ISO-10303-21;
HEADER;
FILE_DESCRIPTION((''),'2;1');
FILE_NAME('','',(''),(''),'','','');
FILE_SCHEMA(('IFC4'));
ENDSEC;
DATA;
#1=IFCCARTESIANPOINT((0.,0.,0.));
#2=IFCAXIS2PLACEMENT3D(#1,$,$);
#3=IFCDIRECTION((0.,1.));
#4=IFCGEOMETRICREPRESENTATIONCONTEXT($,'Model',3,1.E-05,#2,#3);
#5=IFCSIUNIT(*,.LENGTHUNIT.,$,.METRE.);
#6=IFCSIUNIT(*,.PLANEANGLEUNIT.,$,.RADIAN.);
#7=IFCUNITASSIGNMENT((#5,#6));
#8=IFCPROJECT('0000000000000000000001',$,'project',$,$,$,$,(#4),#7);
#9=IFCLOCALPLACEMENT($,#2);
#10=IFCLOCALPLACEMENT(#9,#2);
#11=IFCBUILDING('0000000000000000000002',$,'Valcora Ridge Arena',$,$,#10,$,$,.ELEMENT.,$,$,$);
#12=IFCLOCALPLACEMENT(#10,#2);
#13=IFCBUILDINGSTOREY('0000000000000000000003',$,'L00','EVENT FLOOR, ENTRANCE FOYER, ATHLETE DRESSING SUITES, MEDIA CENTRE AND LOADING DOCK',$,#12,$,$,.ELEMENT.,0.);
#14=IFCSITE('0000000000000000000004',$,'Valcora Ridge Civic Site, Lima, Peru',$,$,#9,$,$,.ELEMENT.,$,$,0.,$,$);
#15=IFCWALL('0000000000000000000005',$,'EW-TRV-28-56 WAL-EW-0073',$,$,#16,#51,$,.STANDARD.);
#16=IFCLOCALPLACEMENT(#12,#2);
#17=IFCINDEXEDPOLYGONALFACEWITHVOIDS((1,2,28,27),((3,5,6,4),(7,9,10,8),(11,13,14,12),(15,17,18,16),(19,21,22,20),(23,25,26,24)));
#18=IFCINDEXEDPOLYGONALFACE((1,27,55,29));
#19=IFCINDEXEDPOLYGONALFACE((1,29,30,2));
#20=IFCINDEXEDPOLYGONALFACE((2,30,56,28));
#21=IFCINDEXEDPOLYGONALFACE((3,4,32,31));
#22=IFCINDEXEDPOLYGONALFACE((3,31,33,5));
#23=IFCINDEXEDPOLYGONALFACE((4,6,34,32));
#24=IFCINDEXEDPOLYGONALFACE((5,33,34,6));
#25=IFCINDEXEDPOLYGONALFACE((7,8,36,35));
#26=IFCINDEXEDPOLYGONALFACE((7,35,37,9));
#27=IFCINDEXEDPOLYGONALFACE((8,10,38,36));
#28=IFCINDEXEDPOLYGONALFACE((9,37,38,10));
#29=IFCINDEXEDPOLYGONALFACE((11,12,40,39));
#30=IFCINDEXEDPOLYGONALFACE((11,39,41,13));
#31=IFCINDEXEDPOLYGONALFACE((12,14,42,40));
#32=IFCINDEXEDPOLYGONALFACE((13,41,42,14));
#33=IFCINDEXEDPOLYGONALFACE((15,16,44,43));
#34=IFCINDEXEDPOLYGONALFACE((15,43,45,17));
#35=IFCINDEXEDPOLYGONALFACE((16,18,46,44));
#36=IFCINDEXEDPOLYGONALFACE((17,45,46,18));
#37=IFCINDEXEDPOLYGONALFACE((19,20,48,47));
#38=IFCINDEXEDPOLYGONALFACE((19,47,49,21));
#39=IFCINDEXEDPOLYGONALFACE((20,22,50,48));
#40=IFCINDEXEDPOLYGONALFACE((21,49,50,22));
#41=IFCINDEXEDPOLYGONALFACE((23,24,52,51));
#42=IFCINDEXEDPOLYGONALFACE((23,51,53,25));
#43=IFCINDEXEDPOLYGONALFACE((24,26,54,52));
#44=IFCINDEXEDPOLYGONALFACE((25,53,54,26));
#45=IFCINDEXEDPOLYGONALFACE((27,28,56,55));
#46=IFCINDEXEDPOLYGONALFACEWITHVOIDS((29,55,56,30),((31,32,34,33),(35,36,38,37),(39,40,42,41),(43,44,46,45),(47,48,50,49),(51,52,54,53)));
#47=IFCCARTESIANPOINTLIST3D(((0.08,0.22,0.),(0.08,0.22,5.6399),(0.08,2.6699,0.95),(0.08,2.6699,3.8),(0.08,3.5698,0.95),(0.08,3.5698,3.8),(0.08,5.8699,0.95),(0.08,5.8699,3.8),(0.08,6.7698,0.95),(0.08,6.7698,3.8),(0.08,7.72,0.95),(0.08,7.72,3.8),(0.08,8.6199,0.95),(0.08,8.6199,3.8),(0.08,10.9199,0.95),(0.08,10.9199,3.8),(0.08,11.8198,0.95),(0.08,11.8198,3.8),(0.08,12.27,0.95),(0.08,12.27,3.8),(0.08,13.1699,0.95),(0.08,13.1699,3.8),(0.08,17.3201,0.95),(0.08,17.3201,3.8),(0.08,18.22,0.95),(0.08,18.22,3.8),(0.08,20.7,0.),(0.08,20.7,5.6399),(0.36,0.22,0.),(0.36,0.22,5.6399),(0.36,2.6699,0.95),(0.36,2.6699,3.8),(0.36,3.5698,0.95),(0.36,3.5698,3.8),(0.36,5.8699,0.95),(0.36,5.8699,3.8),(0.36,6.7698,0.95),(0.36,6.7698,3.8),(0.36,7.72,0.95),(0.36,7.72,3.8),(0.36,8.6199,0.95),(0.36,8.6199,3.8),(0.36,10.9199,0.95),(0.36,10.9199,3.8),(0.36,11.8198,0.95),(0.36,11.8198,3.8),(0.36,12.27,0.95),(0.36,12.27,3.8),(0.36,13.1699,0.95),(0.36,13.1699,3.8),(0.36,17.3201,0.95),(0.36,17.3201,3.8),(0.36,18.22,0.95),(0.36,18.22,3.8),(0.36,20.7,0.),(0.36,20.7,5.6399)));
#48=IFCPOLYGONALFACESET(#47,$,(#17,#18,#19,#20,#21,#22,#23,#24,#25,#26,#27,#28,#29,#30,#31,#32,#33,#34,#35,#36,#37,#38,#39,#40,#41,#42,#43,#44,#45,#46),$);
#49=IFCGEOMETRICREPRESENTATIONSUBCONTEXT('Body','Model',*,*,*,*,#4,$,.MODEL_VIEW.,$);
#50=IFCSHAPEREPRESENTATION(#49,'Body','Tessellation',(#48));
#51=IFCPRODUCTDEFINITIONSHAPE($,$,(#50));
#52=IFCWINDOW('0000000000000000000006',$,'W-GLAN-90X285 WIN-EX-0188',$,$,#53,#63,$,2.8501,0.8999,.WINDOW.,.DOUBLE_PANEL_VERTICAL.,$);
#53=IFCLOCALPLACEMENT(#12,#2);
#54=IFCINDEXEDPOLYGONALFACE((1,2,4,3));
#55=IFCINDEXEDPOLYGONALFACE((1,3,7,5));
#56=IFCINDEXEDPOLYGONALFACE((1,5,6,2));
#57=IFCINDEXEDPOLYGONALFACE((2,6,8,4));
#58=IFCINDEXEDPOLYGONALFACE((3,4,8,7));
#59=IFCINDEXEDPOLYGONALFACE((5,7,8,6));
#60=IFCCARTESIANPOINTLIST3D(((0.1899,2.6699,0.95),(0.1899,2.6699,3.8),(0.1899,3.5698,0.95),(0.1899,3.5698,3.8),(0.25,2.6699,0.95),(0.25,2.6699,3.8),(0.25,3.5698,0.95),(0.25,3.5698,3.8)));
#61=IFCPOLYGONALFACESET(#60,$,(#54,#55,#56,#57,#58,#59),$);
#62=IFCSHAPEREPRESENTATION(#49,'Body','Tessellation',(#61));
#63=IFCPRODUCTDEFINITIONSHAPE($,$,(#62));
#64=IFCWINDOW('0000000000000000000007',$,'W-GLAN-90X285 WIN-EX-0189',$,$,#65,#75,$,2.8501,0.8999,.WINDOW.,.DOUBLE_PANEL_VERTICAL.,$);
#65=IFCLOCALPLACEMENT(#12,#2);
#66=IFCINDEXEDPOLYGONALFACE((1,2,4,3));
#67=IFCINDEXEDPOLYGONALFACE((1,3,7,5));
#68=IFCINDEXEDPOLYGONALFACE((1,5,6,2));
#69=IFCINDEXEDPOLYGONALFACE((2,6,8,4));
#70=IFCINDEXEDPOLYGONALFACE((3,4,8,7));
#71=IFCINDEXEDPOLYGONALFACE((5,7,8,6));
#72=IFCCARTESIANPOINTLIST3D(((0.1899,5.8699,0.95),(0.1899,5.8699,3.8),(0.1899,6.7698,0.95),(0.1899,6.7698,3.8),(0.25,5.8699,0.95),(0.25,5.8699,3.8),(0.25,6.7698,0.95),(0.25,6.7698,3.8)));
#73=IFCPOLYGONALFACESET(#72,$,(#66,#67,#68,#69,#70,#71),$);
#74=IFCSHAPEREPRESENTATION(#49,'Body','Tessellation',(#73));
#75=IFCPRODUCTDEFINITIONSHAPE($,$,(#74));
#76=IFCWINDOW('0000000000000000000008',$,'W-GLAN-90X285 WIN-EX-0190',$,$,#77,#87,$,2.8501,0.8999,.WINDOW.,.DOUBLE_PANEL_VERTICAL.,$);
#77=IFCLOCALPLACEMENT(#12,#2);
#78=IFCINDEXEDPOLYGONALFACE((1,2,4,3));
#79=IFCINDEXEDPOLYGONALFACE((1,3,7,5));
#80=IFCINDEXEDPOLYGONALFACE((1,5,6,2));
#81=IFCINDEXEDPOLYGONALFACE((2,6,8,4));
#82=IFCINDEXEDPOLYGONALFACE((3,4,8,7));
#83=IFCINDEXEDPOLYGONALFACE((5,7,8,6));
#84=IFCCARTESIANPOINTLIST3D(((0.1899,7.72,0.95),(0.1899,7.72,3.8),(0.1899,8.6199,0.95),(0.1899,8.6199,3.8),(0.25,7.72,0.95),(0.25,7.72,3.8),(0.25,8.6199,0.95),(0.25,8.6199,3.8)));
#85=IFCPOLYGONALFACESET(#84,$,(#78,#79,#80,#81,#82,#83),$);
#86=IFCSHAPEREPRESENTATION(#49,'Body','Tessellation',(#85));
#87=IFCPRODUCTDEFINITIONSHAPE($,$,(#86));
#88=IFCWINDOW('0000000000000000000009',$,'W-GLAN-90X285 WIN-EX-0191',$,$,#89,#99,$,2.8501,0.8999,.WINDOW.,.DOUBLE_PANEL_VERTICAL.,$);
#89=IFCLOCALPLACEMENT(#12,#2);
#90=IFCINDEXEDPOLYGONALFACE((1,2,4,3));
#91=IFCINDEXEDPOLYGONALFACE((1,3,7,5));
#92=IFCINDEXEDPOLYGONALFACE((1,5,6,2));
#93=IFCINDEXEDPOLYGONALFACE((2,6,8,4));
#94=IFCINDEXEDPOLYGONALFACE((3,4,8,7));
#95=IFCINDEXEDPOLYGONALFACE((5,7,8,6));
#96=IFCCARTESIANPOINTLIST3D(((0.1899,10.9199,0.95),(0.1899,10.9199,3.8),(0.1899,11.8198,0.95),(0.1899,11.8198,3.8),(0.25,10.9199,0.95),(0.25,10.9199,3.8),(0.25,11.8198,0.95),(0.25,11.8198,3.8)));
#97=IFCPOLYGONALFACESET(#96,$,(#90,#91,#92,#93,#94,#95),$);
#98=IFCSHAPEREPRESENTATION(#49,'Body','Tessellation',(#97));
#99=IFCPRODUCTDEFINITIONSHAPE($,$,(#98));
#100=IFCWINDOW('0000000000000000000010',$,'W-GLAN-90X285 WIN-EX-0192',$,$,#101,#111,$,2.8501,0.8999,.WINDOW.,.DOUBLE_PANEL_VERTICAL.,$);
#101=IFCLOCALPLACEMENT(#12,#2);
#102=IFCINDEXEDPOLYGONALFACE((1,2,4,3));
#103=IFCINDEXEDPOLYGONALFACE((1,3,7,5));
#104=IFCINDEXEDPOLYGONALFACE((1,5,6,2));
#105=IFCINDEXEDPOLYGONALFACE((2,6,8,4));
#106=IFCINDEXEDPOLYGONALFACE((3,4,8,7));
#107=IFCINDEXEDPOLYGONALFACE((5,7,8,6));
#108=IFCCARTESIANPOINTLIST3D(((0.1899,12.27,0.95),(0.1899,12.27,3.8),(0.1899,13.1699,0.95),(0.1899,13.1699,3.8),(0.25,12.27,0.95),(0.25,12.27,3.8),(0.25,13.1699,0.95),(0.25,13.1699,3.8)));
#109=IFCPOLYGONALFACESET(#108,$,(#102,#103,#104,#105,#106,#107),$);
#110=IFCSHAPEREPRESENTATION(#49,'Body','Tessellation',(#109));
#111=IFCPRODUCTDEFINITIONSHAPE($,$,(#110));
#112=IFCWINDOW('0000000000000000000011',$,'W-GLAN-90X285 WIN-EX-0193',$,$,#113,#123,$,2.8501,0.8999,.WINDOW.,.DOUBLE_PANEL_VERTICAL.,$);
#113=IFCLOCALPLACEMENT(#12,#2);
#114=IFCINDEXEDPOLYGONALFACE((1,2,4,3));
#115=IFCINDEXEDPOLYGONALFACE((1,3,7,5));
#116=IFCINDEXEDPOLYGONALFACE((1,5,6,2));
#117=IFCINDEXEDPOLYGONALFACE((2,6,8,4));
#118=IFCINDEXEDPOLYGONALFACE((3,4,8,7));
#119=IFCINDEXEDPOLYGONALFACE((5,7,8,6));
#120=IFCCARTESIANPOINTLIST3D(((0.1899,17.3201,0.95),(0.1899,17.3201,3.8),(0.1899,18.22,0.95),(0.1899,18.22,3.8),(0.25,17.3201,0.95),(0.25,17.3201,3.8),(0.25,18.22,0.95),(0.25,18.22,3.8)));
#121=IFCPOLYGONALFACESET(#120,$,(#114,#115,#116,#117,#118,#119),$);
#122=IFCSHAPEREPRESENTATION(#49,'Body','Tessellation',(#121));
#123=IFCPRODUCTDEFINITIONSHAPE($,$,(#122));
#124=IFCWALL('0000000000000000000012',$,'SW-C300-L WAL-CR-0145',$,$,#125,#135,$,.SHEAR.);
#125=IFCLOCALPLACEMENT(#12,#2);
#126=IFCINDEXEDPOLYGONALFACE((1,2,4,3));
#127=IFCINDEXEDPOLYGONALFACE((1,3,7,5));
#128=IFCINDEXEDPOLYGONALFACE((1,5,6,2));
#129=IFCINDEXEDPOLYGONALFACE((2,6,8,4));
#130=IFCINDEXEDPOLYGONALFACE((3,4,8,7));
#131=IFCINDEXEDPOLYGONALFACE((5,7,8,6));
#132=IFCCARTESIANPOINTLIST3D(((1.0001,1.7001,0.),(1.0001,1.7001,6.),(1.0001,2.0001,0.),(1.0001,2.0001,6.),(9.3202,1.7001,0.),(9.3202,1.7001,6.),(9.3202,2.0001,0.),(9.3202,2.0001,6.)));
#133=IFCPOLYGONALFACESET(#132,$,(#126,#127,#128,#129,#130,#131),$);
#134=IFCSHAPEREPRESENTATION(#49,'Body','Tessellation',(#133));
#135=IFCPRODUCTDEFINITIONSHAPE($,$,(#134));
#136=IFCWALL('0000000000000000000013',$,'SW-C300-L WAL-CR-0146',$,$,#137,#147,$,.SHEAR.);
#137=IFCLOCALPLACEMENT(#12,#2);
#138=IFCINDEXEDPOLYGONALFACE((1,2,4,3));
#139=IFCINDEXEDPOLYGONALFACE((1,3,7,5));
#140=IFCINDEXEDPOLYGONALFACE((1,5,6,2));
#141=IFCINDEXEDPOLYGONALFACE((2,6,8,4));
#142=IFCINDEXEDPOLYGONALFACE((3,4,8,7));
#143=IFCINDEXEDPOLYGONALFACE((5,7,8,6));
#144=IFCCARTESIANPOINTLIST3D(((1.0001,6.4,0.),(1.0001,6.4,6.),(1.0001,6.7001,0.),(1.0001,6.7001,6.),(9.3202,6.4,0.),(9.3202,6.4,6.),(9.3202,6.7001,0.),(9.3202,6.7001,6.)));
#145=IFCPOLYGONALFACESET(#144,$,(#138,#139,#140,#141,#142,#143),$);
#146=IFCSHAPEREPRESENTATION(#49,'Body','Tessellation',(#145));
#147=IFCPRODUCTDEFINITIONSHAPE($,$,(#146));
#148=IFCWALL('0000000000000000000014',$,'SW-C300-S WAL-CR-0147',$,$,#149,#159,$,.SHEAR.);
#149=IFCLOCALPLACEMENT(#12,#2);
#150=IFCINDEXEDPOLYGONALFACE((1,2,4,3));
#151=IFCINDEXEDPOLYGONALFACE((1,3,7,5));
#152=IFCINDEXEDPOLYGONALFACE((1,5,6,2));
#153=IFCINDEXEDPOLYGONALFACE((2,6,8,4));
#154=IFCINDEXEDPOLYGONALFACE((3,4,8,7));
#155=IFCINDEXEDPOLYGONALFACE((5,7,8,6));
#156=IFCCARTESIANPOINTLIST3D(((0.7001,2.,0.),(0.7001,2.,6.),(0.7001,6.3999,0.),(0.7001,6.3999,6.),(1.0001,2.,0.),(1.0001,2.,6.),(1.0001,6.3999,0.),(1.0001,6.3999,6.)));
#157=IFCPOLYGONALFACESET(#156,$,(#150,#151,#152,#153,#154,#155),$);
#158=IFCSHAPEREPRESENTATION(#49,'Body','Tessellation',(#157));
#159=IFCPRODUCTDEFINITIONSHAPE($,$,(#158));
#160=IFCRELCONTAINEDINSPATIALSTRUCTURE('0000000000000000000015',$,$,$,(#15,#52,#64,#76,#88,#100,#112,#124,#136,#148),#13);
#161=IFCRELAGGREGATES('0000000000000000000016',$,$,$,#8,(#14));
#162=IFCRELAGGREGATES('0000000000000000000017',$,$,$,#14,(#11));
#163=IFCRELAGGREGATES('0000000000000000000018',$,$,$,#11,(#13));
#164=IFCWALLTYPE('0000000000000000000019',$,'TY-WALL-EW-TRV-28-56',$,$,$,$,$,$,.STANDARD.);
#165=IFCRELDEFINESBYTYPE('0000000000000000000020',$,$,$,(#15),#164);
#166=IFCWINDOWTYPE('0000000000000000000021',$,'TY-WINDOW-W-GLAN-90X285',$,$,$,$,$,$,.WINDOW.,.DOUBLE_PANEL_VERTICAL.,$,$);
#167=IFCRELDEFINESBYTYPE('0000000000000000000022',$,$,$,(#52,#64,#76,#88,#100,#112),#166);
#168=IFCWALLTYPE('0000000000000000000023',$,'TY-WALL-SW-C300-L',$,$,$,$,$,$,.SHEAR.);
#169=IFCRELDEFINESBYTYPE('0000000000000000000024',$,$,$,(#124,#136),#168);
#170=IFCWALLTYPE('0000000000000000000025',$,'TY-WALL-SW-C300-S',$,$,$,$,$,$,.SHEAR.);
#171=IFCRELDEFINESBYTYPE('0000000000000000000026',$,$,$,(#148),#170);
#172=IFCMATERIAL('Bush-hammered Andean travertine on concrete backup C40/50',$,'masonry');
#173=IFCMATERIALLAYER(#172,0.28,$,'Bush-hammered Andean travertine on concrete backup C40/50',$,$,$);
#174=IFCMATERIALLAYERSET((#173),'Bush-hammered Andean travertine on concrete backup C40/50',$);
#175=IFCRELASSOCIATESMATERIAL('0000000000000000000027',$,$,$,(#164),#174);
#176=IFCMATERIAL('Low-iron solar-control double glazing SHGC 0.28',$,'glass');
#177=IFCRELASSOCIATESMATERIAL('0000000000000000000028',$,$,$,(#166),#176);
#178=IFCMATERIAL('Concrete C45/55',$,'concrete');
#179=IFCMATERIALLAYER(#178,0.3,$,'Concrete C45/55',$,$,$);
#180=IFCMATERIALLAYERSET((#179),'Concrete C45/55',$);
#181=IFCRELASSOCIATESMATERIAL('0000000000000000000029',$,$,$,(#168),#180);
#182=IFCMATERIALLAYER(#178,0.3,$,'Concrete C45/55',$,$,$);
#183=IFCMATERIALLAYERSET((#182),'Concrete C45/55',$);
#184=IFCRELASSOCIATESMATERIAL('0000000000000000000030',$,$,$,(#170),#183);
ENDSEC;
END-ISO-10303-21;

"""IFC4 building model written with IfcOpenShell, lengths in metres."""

from ifc_helpers import new_model, si_unit, direction, frame, frame_2d, origin, place, context, subcontext, project, spatial, rectangle, extrude, material, layer, layer_set, type_object, element, fill, save


model = new_model("IFC4")

# Units and contexts
model_context = context("Model", 3, precision=1e-05, world=origin(), true_north=direction((0.0, 1.0)))
body_context = subcontext(model_context, "Body", "Model", "MODEL_VIEW")
ifc_project = project(units=[si_unit("LENGTHUNIT", "METRE"), si_unit("PLANEANGLEUNIT", "RADIAN")], contexts=[model_context])

# Site, building, storey
site_placement = place(None, origin())
site = spatial("IfcSite", under=ifc_project, at=site_placement, Name="Valcora Ridge Civic Site, Lima, Peru", CompositionType="ELEMENT", RefElevation=0.0)
building_placement = place(site_placement, origin())
building = spatial("IfcBuilding", under=site, at=building_placement, Name="Valcora Ridge Arena", CompositionType="ELEMENT")
storey_placement = place(building_placement, origin())
storey = spatial("IfcBuildingStorey", under=building, at=storey_placement, Name="L00", Description="EVENT FLOOR, ENTRANCE FOYER, ATHLETE DRESSING SUITES, MEDIA CENTRE AND LOADING DOCK", CompositionType="ELEMENT", Elevation=0.0)

# Wall, openings, windows
ifc_material_1 = material(Name="Bush-hammered Andean travertine on concrete backup C40/50", Category="masonry")
ifc_layer_1 = layer(ifc_material_1, 0.28, Name="Bush-hammered Andean travertine on concrete backup C40/50")
ifc_layer_set_1 = layer_set([ifc_layer_1], Name="Bush-hammered Andean travertine on concrete backup C40/50")
wall_type_1 = type_object("IfcWallType", Name="TY-WALL-EW-TRV-28-56", PredefinedType="STANDARD", material=ifc_layer_set_1)
wall_1_placement = place(storey_placement, frame((0.22, 0.22, 0.0), z_axis=(0.0, 0.0, 1.0), x_axis=(0.0, 1.0, 0.0)))
wall_1 = element("IfcWall", 1, at=wall_1_placement, inside=storey, type_object=wall_type_1, Name="EW-TRV-28-56 WAL-EW-0073", PredefinedType="STANDARD", context=body_context, shape_type="SweptSolid", body=[
    extrude(rectangle(XDim=20.48, YDim=0.28, at=frame_2d((10.24, 0.0))), origin(), (0.0, 0.0, 1.0), 5.6399),
])
opening_1_placement = place(wall_1_placement, frame((2.45, 0.0, 0.95)))
opening_1 = element("IfcOpeningElement", 2, at=opening_1_placement, cuts=wall_1, PredefinedType="OPENING", context=body_context, shape_type="SweptSolid", body=[
    extrude(rectangle(XDim=0.8999, YDim=2.8501, at=frame_2d((0.45, 1.425))), frame((0.0, 0.1499, 0.0), z_axis=(0.0, -1.0, 0.0), x_axis=(1.0, 0.0, 0.0)), (0.0, 0.0, 1.0), 0.3),
])
opening_2_placement = place(wall_1_placement, frame((5.6499, 0.0, 0.95)))
opening_2 = element("IfcOpeningElement", 3, at=opening_2_placement, cuts=wall_1, PredefinedType="OPENING", context=body_context, shape_type="SweptSolid", body=[
    extrude(rectangle(XDim=0.8999, YDim=2.8501, at=frame_2d((0.45, 1.425))), frame((0.0, 0.1499, 0.0), z_axis=(0.0, -1.0, 0.0), x_axis=(1.0, 0.0, 0.0)), (0.0, 0.0, 1.0), 0.3),
])
opening_3_placement = place(wall_1_placement, frame((7.5, 0.0, 0.95)))
opening_3 = element("IfcOpeningElement", 4, at=opening_3_placement, cuts=wall_1, PredefinedType="OPENING", context=body_context, shape_type="SweptSolid", body=[
    extrude(rectangle(XDim=0.8999, YDim=2.8501, at=frame_2d((0.45, 1.425))), frame((0.0, 0.1499, 0.0), z_axis=(0.0, -1.0, 0.0), x_axis=(1.0, 0.0, 0.0)), (0.0, 0.0, 1.0), 0.3),
])
opening_4_placement = place(wall_1_placement, frame((10.7, 0.0, 0.95)))
opening_4 = element("IfcOpeningElement", 5, at=opening_4_placement, cuts=wall_1, PredefinedType="OPENING", context=body_context, shape_type="SweptSolid", body=[
    extrude(rectangle(XDim=0.8999, YDim=2.8501, at=frame_2d((0.45, 1.425))), frame((0.0, 0.1499, 0.0), z_axis=(0.0, -1.0, 0.0), x_axis=(1.0, 0.0, 0.0)), (0.0, 0.0, 1.0), 0.3),
])
opening_5_placement = place(wall_1_placement, frame((12.05, 0.0, 0.95)))
opening_5 = element("IfcOpeningElement", 6, at=opening_5_placement, cuts=wall_1, PredefinedType="OPENING", context=body_context, shape_type="SweptSolid", body=[
    extrude(rectangle(XDim=0.8999, YDim=2.8501, at=frame_2d((0.45, 1.425))), frame((0.0, 0.1499, 0.0), z_axis=(0.0, -1.0, 0.0), x_axis=(1.0, 0.0, 0.0)), (0.0, 0.0, 1.0), 0.3),
])
opening_6_placement = place(wall_1_placement, frame((17.1001, 0.0, 0.95)))
opening_6 = element("IfcOpeningElement", 7, at=opening_6_placement, cuts=wall_1, PredefinedType="OPENING", context=body_context, shape_type="SweptSolid", body=[
    extrude(rectangle(XDim=0.8999, YDim=2.8501, at=frame_2d((0.45, 1.425))), frame((0.0, 0.1499, 0.0), z_axis=(0.0, -1.0, 0.0), x_axis=(1.0, 0.0, 0.0)), (0.0, 0.0, 1.0), 0.3),
])
ifc_material_2 = material(Name="Low-iron solar-control double glazing SHGC 0.28", Category="glass")
window_type = type_object("IfcWindowType", Name="TY-WINDOW-W-GLAN-90X285", PartitioningType="DOUBLE_PANEL_VERTICAL", PredefinedType="WINDOW", material=ifc_material_2)
window_1_placement = place(opening_1_placement, origin())
window_1 = element("IfcWindow", 8, at=window_1_placement, inside=storey, type_object=window_type, Name="W-GLAN-90X285 WIN-EX-0188", OverallHeight=2.8501, OverallWidth=0.8999, PartitioningType="DOUBLE_PANEL_VERTICAL", PredefinedType="WINDOW", context=body_context, shape_type="SweptSolid", body=[
    extrude(rectangle(XDim=0.8999, YDim=2.8501, at=frame_2d((0.45, 1.425))), frame((0.0, 0.03, 0.0), z_axis=(0.0, -1.0, 0.0), x_axis=(1.0, 0.0, 0.0)), (0.0, 0.0, 1.0), 0.0601),
])
fill(opening_1, window_1)
window_2_placement = place(opening_2_placement, origin())
window_2 = element("IfcWindow", 9, at=window_2_placement, inside=storey, type_object=window_type, Name="W-GLAN-90X285 WIN-EX-0189", OverallHeight=2.8501, OverallWidth=0.8999, PartitioningType="DOUBLE_PANEL_VERTICAL", PredefinedType="WINDOW", context=body_context, shape_type="SweptSolid", body=[
    extrude(rectangle(XDim=0.8999, YDim=2.8501, at=frame_2d((0.45, 1.425))), frame((0.0, 0.03, 0.0), z_axis=(0.0, -1.0, 0.0), x_axis=(1.0, 0.0, 0.0)), (0.0, 0.0, 1.0), 0.0601),
])
fill(opening_2, window_2)
window_3_placement = place(opening_3_placement, origin())
window_3 = element("IfcWindow", 10, at=window_3_placement, inside=storey, type_object=window_type, Name="W-GLAN-90X285 WIN-EX-0190", OverallHeight=2.8501, OverallWidth=0.8999, PartitioningType="DOUBLE_PANEL_VERTICAL", PredefinedType="WINDOW", context=body_context, shape_type="SweptSolid", body=[
    extrude(rectangle(XDim=0.8999, YDim=2.8501, at=frame_2d((0.45, 1.425))), frame((0.0, 0.03, 0.0), z_axis=(0.0, -1.0, 0.0), x_axis=(1.0, 0.0, 0.0)), (0.0, 0.0, 1.0), 0.0601),
])
fill(opening_3, window_3)
window_4_placement = place(opening_4_placement, origin())
window_4 = element("IfcWindow", 11, at=window_4_placement, inside=storey, type_object=window_type, Name="W-GLAN-90X285 WIN-EX-0191", OverallHeight=2.8501, OverallWidth=0.8999, PartitioningType="DOUBLE_PANEL_VERTICAL", PredefinedType="WINDOW", context=body_context, shape_type="SweptSolid", body=[
    extrude(rectangle(XDim=0.8999, YDim=2.8501, at=frame_2d((0.45, 1.425))), frame((0.0, 0.03, 0.0), z_axis=(0.0, -1.0, 0.0), x_axis=(1.0, 0.0, 0.0)), (0.0, 0.0, 1.0), 0.0601),
])
fill(opening_4, window_4)
window_5_placement = place(opening_5_placement, origin())
window_5 = element("IfcWindow", 12, at=window_5_placement, inside=storey, type_object=window_type, Name="W-GLAN-90X285 WIN-EX-0192", OverallHeight=2.8501, OverallWidth=0.8999, PartitioningType="DOUBLE_PANEL_VERTICAL", PredefinedType="WINDOW", context=body_context, shape_type="SweptSolid", body=[
    extrude(rectangle(XDim=0.8999, YDim=2.8501, at=frame_2d((0.45, 1.425))), frame((0.0, 0.03, 0.0), z_axis=(0.0, -1.0, 0.0), x_axis=(1.0, 0.0, 0.0)), (0.0, 0.0, 1.0), 0.0601),
])
fill(opening_5, window_5)
window_6_placement = place(opening_6_placement, origin())
window_6 = element("IfcWindow", 13, at=window_6_placement, inside=storey, type_object=window_type, Name="W-GLAN-90X285 WIN-EX-0193", OverallHeight=2.8501, OverallWidth=0.8999, PartitioningType="DOUBLE_PANEL_VERTICAL", PredefinedType="WINDOW", context=body_context, shape_type="SweptSolid", body=[
    extrude(rectangle(XDim=0.8999, YDim=2.8501, at=frame_2d((0.45, 1.425))), frame((0.0, 0.03, 0.0), z_axis=(0.0, -1.0, 0.0), x_axis=(1.0, 0.0, 0.0)), (0.0, 0.0, 1.0), 0.0601),
])
fill(opening_6, window_6)

# Walls
ifc_material_3 = material(Name="Concrete C45/55", Category="concrete")
ifc_layer_2 = layer(ifc_material_3, 0.3, Name="Concrete C45/55")
ifc_layer_set_2 = layer_set([ifc_layer_2], Name="Concrete C45/55")
wall_type_2 = type_object("IfcWallType", Name="TY-WALL-SW-C300-L", PredefinedType="SHEAR", material=ifc_layer_set_2)
for number, where, z_axis, x_axis, name in (
    (14, (1.0, 1.8501, 0.0), (0.0, 0.0, 1.0), (1.0, 0.0, 0.0), "SW-C300-L WAL-CR-0145"),
    (15, (1.0, 6.55, 0.0), (0.0, 0.0, 1.0), (1.0, 0.0, 0.0), "SW-C300-L WAL-CR-0146"),
):
    element("IfcWall", number, at=place(storey_placement, frame(where, z_axis=z_axis, x_axis=x_axis)), inside=storey, type_object=wall_type_2, Name=name, PredefinedType="SHEAR", context=body_context, shape_type="SweptSolid", body=[
        extrude(rectangle(XDim=8.3201, YDim=0.3, at=frame_2d((4.1602, 0.0))), origin(), (0.0, 0.0, 1.0), 6.0),
    ])
ifc_layer_3 = layer(ifc_material_3, 0.3, Name="Concrete C45/55")
ifc_layer_set_3 = layer_set([ifc_layer_3], Name="Concrete C45/55")
wall_type_3 = type_object("IfcWallType", Name="TY-WALL-SW-C300-S", PredefinedType="SHEAR", material=ifc_layer_set_3)
wall_2_placement = place(storey_placement, frame((0.8501, 2.0, 0.0), z_axis=(0.0, 0.0, 1.0), x_axis=(0.0, 1.0, 0.0)))
element("IfcWall", 16, at=wall_2_placement, inside=storey, type_object=wall_type_3, Name="SW-C300-S WAL-CR-0147", PredefinedType="SHEAR", context=body_context, shape_type="SweptSolid", body=[
    extrude(rectangle(XDim=4.3999, YDim=0.3, at=frame_2d((2.2, 0.0))), origin(), (0.0, 0.0, 1.0), 6.0),
])

save(model, "model.ifc")
